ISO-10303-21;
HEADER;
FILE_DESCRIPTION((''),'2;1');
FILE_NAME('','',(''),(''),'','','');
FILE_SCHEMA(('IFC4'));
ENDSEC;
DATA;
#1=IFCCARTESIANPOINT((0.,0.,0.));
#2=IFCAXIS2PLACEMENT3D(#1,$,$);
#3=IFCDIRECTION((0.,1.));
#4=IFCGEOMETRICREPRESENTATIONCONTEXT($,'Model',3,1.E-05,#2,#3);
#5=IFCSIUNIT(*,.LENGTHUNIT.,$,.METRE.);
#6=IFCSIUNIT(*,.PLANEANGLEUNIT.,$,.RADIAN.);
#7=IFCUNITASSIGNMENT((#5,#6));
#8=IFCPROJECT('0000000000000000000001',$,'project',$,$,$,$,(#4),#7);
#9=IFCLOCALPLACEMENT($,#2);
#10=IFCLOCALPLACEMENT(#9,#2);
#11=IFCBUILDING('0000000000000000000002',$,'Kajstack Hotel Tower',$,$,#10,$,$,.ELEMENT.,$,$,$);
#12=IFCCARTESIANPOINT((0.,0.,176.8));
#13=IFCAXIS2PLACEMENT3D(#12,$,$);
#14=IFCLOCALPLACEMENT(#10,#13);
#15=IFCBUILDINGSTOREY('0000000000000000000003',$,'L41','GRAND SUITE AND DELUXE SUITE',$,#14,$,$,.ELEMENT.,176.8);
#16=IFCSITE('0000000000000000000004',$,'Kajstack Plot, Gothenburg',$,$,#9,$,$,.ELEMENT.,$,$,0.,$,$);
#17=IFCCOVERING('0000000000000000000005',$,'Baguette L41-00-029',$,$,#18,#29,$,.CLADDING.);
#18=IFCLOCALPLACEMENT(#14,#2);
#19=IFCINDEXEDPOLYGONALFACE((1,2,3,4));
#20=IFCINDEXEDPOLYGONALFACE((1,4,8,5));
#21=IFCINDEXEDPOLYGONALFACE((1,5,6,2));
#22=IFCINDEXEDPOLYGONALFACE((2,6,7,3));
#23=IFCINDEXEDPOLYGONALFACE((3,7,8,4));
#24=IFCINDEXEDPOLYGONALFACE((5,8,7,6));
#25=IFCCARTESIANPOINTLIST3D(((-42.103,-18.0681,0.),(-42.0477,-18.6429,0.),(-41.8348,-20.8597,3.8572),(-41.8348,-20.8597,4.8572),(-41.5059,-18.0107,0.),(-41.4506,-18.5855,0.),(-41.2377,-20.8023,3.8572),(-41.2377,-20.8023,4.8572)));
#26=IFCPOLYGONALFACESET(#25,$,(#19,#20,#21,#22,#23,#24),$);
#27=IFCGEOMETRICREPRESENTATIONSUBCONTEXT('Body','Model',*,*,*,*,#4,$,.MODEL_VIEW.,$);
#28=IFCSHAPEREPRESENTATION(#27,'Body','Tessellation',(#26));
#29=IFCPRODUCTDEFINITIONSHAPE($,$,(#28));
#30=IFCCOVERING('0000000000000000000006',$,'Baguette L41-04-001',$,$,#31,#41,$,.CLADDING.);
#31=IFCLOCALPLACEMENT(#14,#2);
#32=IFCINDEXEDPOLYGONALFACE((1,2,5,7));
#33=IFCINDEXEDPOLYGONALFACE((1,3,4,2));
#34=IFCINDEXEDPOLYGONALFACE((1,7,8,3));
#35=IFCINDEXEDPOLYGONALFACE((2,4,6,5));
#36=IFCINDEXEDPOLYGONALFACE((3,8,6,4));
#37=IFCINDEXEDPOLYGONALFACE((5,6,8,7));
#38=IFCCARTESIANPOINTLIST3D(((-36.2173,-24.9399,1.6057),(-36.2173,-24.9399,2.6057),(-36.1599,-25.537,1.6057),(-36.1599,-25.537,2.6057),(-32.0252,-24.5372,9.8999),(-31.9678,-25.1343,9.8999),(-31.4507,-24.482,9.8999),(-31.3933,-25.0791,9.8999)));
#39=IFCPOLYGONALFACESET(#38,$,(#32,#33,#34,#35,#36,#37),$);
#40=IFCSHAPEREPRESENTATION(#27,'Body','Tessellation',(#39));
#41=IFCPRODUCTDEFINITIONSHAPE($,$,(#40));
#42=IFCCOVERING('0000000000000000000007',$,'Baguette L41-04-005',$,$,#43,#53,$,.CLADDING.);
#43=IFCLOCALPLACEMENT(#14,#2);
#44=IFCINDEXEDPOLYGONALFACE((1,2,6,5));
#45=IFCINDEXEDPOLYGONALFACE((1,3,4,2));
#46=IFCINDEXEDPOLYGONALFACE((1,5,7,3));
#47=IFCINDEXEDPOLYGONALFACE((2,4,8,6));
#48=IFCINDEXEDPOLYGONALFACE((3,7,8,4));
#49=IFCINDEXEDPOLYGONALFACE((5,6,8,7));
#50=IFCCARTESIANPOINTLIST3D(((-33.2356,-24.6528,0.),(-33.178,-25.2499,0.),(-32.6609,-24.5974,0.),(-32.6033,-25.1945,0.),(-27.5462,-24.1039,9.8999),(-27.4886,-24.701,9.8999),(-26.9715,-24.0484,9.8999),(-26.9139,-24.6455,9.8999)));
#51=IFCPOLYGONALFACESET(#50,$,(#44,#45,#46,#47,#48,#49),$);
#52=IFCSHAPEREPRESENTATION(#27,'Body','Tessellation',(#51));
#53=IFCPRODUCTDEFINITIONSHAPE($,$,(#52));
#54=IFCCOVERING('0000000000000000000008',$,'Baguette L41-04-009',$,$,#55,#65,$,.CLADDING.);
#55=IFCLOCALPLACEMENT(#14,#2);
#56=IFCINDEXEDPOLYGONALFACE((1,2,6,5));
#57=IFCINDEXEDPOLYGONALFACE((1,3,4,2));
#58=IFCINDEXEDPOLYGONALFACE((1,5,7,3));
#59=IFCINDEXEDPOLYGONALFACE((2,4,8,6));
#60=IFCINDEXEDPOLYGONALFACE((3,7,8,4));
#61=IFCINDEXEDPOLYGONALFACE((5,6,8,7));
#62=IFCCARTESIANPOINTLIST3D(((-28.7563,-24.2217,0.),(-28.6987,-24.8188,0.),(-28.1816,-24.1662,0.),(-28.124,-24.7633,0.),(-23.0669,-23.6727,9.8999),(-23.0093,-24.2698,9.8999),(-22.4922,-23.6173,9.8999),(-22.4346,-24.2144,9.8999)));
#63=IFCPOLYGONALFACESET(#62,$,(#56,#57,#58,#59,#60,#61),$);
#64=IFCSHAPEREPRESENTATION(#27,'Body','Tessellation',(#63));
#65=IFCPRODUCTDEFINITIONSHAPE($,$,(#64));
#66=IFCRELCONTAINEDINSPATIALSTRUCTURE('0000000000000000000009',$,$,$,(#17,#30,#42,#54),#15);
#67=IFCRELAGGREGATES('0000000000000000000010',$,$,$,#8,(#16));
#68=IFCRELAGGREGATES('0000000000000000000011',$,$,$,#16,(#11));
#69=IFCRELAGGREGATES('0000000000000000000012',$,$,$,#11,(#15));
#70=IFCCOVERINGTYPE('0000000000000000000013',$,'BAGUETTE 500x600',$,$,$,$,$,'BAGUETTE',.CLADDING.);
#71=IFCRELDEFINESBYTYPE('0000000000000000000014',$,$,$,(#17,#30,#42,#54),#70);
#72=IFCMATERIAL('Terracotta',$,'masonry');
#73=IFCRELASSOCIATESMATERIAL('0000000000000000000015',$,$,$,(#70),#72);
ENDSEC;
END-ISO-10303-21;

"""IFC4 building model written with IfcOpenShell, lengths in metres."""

from ifc_helpers import new_model, si_unit, direction, frame, origin, origin_2d, place, context, subcontext, project, spatial, polyline, rectangle, outline, extrude, material, material_profile, profile_set, type_object, element, save


model = new_model("IFC4")

# Units and contexts
model_context = context("Model", 3, precision=1e-05, world=origin(), true_north=direction((0.0, 1.0)))
body_context = subcontext(model_context, "Body", "Model", "MODEL_VIEW")
ifc_project = project(units=[si_unit("LENGTHUNIT", "METRE"), si_unit("PLANEANGLEUNIT", "RADIAN")], contexts=[model_context])

# Site, building, storey
site_placement = place(None, origin())
site = spatial("IfcSite", under=ifc_project, at=site_placement, Name="Kajstack Plot, Gothenburg", CompositionType="ELEMENT", RefElevation=0.0)
building_placement = place(site_placement, origin())
building = spatial("IfcBuilding", under=site, at=building_placement, Name="Kajstack Hotel Tower", CompositionType="ELEMENT")
storey_placement = place(building_placement, frame((0.0, 0.0, 176.8)))
storey = spatial("IfcBuildingStorey", under=building, at=storey_placement, Name="L41", Description="GRAND SUITE AND DELUXE SUITE", CompositionType="ELEMENT", Elevation=176.8)

# Coverings
ifc_material_1 = material(Name="Terracotta", Category="masonry")
ifc_material_profile = material_profile(ifc_material_1, rectangle(XDim=0.6001, YDim=0.5, at=origin_2d()), Name="Terracotta-clad concrete baguette 500 x 600")
ifc_profile_set = profile_set([ifc_material_profile], Name="Terracotta")
covering_type = type_object("IfcCoveringType", Name="BAGUETTE 500x600", ElementType="BAGUETTE", PredefinedType="CLADDING", material=ifc_profile_set)
covering_1_placement = place(storey_placement, frame((-41.5059, -18.0107, 0.0), z_axis=(-0.995416, -0.095635, 0.0), x_axis=(0.095635, -0.995416, 0.0)))
element("IfcCovering", 1, at=covering_1_placement, inside=storey, type_object=covering_type, Name="Baguette L41-00-029", PredefinedType="CLADDING", context=body_context, shape_type="SweptSolid", body=[
    extrude(outline(polyline([(0.5774, 0.0), (2.8044, 3.8572), (2.8044, 4.8572), (0.0, 0.0), (0.5774, 0.0)])), origin(), (0.0, 0.0, 1.0), 0.5999),
])
covering_2_placement = place(storey_placement, frame((-36.2173, -24.9399, 0.0), z_axis=(0.095635, -0.995416, 0.0), x_axis=(0.995416, 0.095635, 0.0)))
element("IfcCovering", 2, at=covering_2_placement, inside=storey, type_object=covering_type, Name="Baguette L41-04-001", PredefinedType="CLADDING", context=body_context, shape_type="SweptSolid", body=[
    extrude(outline(polyline([(4.2114, 9.8999), (0.0, 2.6057), (0.0, 1.6057), (4.7886, 9.8999), (4.2114, 9.8999)])), origin(), (0.0, 0.0, 1.0), 0.5999),
])
for number, where, z_axis, x_axis, name in (
    (3, (-33.2356, -24.6528, 0.0), (0.096038, -0.995378, 0.0), (0.995378, 0.096038, 0.0), "Baguette L41-04-005"),
    (4, (-28.7563, -24.2217, 0.0), (0.096038, -0.995378, 0.0), (0.995378, 0.096038, 0.0), "Baguette L41-04-009"),
):
    element("IfcCovering", number, at=place(storey_placement, frame(where, z_axis=z_axis, x_axis=x_axis)), inside=storey, type_object=covering_type, Name=name, PredefinedType="CLADDING", context=body_context, shape_type="SweptSolid", body=[
        extrude(outline(polyline([(5.7158, 9.8999), (0.0, 0.0), (0.5774, 0.0), (6.2932, 9.8999), (5.7158, 9.8999)])), origin(), (0.0, 0.0, 1.0), 0.5999),
    ])

save(model, "model.ifc")
